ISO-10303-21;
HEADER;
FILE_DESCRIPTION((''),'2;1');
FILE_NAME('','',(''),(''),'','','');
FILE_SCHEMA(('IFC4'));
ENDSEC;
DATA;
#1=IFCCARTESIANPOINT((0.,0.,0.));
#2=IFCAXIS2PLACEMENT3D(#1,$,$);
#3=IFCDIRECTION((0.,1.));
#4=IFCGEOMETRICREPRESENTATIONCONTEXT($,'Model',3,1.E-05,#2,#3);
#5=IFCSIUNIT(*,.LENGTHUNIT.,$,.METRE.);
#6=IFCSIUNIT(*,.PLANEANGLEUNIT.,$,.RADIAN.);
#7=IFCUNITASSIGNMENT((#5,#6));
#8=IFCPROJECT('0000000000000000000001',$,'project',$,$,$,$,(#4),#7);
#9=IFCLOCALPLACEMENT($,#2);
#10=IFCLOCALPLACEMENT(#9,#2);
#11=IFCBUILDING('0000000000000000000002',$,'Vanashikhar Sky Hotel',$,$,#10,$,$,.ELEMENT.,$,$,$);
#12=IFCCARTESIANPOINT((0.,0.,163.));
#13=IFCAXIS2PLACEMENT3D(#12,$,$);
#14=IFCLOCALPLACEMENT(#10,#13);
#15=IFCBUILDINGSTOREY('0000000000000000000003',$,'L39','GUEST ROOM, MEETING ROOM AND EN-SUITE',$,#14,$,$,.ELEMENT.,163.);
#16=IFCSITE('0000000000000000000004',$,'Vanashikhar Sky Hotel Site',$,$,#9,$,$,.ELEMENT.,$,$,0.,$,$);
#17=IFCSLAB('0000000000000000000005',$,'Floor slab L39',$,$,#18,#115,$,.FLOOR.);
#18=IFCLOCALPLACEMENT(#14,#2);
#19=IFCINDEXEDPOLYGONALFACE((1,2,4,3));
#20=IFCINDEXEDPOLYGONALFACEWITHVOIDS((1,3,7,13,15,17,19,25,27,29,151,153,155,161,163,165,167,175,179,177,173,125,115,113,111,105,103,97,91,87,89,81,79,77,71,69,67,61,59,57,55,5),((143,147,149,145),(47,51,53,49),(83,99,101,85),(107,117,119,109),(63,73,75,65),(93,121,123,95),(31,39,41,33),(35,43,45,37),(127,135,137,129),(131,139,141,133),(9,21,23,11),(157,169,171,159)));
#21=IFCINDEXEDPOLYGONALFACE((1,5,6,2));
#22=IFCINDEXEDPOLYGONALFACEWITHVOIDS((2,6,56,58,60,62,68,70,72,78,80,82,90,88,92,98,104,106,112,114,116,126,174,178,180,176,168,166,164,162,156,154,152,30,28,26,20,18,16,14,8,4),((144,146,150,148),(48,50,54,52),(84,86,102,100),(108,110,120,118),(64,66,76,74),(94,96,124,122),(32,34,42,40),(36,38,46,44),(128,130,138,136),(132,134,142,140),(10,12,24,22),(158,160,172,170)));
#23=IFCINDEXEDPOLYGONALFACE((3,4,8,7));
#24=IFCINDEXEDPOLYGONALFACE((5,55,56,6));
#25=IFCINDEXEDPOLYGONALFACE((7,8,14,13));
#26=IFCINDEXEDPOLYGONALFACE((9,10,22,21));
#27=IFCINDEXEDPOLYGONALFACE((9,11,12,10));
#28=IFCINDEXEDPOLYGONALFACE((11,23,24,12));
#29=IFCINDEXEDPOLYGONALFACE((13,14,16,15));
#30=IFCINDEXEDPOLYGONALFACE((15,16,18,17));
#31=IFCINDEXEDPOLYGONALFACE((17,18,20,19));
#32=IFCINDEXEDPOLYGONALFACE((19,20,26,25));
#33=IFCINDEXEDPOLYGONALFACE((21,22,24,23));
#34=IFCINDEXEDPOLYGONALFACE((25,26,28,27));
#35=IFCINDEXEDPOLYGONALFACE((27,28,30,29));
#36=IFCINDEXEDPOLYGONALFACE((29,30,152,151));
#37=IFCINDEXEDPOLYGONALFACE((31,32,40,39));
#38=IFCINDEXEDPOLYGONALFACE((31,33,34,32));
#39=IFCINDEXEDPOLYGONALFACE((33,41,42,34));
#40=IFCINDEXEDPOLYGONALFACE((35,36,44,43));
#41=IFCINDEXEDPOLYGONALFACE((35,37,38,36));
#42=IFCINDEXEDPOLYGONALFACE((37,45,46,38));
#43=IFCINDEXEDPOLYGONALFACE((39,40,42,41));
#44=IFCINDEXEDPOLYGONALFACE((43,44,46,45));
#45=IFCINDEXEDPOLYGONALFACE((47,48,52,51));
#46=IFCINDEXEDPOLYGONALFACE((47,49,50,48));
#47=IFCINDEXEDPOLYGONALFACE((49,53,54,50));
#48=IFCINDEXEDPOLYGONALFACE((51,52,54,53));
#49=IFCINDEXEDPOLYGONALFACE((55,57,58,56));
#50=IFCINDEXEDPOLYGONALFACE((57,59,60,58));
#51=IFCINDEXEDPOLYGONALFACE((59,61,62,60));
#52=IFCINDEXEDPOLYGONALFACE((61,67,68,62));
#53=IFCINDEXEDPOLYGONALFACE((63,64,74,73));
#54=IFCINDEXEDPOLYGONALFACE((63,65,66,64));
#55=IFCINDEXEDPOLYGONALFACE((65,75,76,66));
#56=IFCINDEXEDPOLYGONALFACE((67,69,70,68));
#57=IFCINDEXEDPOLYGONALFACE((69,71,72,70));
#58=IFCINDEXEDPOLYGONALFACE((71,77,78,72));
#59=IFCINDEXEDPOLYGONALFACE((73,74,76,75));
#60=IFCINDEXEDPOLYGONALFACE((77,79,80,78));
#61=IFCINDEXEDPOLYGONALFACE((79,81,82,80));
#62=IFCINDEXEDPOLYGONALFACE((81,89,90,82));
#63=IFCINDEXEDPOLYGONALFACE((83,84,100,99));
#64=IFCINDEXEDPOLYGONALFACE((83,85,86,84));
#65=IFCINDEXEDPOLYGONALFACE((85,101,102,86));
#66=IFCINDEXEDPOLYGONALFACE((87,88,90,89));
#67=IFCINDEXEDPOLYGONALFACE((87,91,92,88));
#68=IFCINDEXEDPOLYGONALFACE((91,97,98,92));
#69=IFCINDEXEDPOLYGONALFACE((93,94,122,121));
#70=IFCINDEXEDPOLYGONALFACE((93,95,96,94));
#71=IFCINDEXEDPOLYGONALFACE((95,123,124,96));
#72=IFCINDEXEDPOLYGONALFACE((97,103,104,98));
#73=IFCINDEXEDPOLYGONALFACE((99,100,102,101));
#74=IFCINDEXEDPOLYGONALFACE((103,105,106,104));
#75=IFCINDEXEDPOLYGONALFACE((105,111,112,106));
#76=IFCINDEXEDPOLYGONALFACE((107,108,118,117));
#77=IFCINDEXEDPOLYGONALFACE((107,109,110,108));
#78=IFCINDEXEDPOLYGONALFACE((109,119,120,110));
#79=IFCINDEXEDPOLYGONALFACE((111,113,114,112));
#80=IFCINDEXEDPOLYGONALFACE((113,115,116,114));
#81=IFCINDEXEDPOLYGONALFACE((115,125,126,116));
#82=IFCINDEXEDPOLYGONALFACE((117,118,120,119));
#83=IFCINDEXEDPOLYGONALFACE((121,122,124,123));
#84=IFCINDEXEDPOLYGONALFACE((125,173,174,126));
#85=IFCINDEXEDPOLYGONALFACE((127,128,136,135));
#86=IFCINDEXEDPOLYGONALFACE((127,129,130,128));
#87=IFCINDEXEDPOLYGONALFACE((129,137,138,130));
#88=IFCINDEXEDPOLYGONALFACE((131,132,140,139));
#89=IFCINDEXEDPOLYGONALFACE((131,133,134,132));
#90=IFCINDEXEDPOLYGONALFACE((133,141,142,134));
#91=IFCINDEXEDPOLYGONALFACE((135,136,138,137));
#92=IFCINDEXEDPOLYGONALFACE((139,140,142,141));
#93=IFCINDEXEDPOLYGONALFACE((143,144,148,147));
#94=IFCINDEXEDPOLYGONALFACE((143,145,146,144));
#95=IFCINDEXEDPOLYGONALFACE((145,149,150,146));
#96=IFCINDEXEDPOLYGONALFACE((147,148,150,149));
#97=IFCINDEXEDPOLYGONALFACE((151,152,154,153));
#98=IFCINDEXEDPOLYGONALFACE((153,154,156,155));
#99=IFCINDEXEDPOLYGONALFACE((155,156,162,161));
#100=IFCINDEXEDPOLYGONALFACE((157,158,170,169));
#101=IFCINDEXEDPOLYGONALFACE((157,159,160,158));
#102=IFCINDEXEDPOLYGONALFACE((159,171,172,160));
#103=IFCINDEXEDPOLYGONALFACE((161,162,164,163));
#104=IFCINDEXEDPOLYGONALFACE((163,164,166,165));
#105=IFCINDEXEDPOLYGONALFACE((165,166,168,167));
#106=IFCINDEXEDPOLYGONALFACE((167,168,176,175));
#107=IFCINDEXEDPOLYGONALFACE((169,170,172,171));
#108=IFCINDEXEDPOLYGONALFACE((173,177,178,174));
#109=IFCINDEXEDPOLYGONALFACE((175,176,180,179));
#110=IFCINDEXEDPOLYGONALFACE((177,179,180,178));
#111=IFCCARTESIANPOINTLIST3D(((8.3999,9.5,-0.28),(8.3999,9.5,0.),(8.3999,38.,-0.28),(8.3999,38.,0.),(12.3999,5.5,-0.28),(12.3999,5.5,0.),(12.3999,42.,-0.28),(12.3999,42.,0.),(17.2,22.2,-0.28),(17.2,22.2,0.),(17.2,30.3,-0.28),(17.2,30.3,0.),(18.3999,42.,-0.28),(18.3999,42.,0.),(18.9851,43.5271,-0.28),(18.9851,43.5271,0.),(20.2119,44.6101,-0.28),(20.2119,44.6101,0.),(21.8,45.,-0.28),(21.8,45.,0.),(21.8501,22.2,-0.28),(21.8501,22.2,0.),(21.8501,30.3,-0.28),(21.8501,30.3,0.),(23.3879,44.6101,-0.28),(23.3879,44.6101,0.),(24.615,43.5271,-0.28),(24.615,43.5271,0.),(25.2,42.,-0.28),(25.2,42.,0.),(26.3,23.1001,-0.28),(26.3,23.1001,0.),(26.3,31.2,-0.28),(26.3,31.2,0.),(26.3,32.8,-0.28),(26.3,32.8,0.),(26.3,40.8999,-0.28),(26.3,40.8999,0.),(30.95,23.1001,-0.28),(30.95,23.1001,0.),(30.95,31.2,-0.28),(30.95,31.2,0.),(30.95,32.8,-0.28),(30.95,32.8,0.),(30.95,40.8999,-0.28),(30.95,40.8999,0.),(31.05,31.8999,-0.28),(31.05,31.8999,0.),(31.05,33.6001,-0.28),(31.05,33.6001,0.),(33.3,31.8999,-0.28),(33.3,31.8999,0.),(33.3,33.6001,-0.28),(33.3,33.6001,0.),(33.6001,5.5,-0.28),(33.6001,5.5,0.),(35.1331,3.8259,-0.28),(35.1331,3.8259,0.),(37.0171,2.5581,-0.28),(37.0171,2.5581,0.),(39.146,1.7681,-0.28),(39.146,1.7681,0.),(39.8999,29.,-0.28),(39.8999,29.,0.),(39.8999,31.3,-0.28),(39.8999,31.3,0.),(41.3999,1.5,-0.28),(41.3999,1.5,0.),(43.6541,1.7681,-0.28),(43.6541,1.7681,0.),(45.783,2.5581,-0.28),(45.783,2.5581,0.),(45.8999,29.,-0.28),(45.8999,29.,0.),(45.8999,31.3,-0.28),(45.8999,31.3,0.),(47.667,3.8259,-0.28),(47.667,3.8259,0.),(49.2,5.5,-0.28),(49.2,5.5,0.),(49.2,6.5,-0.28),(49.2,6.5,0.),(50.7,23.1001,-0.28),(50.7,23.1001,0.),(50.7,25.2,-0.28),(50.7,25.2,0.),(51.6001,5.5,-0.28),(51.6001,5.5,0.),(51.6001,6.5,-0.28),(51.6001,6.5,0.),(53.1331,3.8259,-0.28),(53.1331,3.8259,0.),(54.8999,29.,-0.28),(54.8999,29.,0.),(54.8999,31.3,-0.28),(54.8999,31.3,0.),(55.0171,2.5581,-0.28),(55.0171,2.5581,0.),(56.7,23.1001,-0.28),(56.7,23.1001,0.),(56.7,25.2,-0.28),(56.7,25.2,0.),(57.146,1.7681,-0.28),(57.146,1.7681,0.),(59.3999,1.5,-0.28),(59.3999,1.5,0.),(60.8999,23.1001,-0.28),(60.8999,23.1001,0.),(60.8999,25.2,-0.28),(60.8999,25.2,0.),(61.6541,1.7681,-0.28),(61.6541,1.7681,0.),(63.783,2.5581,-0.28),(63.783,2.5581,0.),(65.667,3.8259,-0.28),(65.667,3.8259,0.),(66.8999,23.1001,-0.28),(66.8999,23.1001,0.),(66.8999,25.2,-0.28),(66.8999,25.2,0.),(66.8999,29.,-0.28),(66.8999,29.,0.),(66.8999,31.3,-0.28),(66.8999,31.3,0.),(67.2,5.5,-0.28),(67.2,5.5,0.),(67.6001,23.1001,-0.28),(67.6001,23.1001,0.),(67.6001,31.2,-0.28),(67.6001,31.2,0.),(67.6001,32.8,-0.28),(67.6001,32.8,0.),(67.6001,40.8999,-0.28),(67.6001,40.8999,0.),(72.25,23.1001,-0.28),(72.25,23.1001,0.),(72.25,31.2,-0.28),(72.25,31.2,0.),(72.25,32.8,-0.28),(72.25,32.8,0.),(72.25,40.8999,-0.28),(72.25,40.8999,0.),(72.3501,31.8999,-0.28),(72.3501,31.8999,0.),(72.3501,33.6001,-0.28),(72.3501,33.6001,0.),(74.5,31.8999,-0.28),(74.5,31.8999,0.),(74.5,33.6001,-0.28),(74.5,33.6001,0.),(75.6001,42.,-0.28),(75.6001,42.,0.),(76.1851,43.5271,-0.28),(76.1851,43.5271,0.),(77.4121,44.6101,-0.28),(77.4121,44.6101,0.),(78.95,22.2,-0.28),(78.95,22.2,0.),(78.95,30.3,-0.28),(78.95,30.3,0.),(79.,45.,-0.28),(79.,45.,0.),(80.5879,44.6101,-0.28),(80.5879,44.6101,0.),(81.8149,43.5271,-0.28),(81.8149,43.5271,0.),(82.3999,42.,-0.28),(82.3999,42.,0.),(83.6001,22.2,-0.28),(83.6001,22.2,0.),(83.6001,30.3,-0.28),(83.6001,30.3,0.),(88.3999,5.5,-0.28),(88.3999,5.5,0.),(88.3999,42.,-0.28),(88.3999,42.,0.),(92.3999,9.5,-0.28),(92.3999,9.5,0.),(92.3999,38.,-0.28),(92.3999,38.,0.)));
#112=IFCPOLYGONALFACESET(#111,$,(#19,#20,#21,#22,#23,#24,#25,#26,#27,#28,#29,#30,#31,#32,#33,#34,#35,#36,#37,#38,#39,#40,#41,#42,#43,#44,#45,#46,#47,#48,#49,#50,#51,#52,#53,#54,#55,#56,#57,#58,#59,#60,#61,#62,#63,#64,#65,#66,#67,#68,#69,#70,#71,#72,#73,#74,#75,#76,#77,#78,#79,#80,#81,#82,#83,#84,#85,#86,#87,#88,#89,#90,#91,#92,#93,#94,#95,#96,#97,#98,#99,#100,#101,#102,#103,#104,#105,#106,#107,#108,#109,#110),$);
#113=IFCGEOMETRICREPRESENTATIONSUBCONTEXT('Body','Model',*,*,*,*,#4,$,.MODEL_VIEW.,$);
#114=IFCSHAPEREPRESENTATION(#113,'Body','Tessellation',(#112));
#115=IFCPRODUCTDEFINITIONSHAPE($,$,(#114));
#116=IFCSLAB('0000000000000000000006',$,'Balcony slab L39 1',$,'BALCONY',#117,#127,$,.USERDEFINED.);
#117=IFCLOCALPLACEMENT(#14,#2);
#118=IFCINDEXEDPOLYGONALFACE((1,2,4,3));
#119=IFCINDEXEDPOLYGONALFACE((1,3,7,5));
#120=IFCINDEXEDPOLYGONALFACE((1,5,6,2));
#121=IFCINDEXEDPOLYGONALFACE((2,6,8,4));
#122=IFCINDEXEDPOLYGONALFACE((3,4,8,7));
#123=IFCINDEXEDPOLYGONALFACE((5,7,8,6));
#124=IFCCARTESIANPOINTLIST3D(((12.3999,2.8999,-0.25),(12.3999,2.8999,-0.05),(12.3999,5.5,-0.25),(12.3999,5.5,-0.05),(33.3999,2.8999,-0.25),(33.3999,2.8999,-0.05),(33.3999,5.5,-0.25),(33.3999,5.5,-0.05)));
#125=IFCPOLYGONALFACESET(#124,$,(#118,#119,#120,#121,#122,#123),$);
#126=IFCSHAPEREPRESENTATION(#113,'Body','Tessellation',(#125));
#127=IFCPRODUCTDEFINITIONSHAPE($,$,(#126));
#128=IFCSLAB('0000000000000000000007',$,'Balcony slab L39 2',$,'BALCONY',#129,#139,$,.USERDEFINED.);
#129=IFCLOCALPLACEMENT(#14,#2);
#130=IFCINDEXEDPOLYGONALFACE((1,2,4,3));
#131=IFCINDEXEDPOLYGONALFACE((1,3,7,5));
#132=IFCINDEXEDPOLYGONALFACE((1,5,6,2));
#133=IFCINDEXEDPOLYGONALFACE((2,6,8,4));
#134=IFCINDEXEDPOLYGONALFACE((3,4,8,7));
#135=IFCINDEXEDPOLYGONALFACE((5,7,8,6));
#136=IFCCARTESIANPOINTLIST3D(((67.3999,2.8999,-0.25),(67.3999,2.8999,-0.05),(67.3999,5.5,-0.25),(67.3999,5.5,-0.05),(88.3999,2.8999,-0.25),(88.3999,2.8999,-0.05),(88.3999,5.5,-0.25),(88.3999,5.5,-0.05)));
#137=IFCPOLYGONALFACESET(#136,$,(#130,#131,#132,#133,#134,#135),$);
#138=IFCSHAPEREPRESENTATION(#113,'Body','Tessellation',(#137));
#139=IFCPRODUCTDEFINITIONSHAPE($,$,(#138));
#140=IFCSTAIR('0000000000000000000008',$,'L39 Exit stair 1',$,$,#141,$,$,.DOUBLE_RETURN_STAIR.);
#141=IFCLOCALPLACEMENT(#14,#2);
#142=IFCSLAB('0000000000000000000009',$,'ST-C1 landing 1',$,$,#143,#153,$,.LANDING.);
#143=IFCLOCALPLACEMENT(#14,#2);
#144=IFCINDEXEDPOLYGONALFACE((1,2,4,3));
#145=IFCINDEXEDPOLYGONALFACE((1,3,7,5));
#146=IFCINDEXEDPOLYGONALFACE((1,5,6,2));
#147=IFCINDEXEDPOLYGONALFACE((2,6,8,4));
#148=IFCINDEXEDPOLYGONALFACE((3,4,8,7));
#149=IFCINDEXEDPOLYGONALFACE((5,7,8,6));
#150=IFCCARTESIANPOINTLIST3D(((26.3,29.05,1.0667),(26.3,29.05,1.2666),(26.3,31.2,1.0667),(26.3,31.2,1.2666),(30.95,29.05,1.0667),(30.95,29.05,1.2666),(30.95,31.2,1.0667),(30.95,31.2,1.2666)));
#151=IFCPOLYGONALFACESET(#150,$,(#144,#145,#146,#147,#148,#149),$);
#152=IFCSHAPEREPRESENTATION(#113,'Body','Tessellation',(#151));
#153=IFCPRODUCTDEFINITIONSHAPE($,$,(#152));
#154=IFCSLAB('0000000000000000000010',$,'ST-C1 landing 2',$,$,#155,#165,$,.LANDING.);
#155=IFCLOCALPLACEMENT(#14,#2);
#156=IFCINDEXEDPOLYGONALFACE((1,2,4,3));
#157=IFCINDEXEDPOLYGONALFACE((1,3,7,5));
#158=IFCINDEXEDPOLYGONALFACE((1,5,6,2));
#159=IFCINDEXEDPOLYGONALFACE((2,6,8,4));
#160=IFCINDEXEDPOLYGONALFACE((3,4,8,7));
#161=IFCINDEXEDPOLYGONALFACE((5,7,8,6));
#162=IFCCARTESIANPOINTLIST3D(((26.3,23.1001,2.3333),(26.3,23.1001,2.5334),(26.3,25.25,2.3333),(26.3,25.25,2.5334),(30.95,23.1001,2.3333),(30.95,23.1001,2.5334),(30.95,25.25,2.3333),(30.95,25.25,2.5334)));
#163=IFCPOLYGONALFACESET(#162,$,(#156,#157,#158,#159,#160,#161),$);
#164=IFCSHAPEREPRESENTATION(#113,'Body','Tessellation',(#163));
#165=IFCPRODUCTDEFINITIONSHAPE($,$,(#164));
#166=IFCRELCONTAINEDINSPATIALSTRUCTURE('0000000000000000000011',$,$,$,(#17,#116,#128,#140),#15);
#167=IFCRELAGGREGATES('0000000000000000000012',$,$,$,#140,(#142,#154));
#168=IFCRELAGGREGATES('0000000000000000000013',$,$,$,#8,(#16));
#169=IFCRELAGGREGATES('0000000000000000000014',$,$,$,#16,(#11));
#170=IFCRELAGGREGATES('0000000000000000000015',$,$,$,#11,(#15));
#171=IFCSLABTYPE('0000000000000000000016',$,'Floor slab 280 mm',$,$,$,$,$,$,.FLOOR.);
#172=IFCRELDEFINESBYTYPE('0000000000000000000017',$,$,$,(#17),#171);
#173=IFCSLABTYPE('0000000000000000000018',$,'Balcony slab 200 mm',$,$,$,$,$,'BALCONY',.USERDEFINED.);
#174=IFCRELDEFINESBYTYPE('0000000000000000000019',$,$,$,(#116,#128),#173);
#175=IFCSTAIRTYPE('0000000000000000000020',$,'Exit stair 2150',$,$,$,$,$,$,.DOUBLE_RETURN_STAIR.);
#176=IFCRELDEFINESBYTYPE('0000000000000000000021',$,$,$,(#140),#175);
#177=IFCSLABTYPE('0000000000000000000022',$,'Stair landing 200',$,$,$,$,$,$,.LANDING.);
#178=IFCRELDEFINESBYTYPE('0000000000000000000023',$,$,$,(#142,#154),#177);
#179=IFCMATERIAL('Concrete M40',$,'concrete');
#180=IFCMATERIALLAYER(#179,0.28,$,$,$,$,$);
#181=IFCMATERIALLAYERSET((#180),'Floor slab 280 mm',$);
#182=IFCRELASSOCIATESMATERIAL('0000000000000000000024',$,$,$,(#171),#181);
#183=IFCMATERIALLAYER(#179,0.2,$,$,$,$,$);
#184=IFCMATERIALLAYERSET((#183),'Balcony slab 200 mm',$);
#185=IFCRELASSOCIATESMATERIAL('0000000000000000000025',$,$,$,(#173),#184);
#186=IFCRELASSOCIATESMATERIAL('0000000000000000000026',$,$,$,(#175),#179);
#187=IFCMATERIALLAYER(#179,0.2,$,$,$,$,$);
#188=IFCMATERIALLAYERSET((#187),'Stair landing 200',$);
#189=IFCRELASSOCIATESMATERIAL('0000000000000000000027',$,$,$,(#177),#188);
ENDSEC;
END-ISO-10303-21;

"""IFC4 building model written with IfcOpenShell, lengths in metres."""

from ifc_helpers import new_model, si_unit, direction, frame, origin, place, context, subcontext, project, spatial, polyline, outline, extrude, source, transform, mapped, material, layer, layer_set, type_object, element, aggregate, save


model = new_model("IFC4")

# Units and contexts
model_context = context("Model", 3, precision=1e-05, world=origin(), true_north=direction((0.0, 1.0)))
body_context = subcontext(model_context, "Body", "Model", "MODEL_VIEW")
ifc_project = project(units=[si_unit("LENGTHUNIT", "METRE"), si_unit("PLANEANGLEUNIT", "RADIAN")], contexts=[model_context])

# Site, building, storey
site_placement = place(None, origin())
site = spatial("IfcSite", under=ifc_project, at=site_placement, Name="Vanashikhar Sky Hotel Site", CompositionType="ELEMENT", RefElevation=0.0)
building_placement = place(site_placement, origin())
building = spatial("IfcBuilding", under=site, at=building_placement, Name="Vanashikhar Sky Hotel", CompositionType="ELEMENT")
storey_placement = place(building_placement, frame((0.0, 0.0, 163.0)))
storey = spatial("IfcBuildingStorey", under=building, at=storey_placement, Name="L39", Description="GUEST ROOM, MEETING ROOM AND EN-SUITE", CompositionType="ELEMENT", Elevation=163.0)

# Slabs
ifc_material = material(Name="Concrete M40", Category="concrete")
ifc_layer_1 = layer(ifc_material, 0.28)
ifc_layer_set_1 = layer_set([ifc_layer_1], Name="Floor slab 280 mm")
slab_type_1 = type_object("IfcSlabType", Name="Floor slab 280 mm", PredefinedType="FLOOR", material=ifc_layer_set_1)
shared_shape_1 = source(origin(), body_context, "Body", "SweptSolid", [
    extrude(outline(polyline([(49.2, 5.5), (49.2, 6.5), (51.6001, 6.5), (51.6001, 5.5), (53.1331, 3.8259), (55.0171, 2.5581), (57.146, 1.7681), (59.3999, 1.5), (61.6541, 1.7681), (63.783, 2.5581), (65.667, 3.8259), (67.2, 5.5), (88.3999, 5.5), (92.3999, 9.5), (92.3999, 38.0), (88.3999, 42.0), (82.3999, 42.0), (81.8149, 43.5271), (80.5879, 44.6101), (79.0, 45.0), (77.4121, 44.6101), (76.1851, 43.5271), (75.6001, 42.0), (25.2, 42.0), (24.615, 43.5271), (23.3879, 44.6101), (21.8, 45.0), (20.2119, 44.6101), (18.9851, 43.5271), (18.3999, 42.0), (12.3999, 42.0), (8.3999, 38.0), (8.3999, 9.5), (12.3999, 5.5), (33.6001, 5.5), (35.1331, 3.8259), (37.0171, 2.5581), (39.146, 1.7681), (41.3999, 1.5), (43.6541, 1.7681), (45.783, 2.5581), (47.667, 3.8259), (49.2, 5.5)]), holes=[polyline([(33.3, 33.6001), (31.05, 33.6001), (31.05, 31.8999), (33.3, 31.8999), (33.3, 33.6001)]), polyline([(39.8999, 31.3), (39.8999, 29.0), (45.8999, 29.0), (45.8999, 31.3), (39.8999, 31.3)]), polyline([(50.7, 25.2), (50.7, 23.1001), (56.7, 23.1001), (56.7, 25.2), (50.7, 25.2)]), polyline([(66.8999, 29.0), (66.8999, 31.3), (54.8999, 31.3), (54.8999, 29.0), (66.8999, 29.0)]), polyline([(60.8999, 25.2), (60.8999, 23.1001), (66.8999, 23.1001), (66.8999, 25.2), (60.8999, 25.2)]), polyline([(74.5, 33.6001), (72.3501, 33.6001), (72.3501, 31.8999), (74.5, 31.8999), (74.5, 33.6001)]), polyline([(30.95, 23.1001), (30.95, 31.2), (26.3, 31.2), (26.3, 23.1001), (30.95, 23.1001)]), polyline([(72.25, 23.1001), (72.25, 31.2), (67.6001, 31.2), (67.6001, 23.1001), (72.25, 23.1001)]), polyline([(30.95, 32.8), (30.95, 40.8999), (26.3, 40.8999), (26.3, 32.8), (30.95, 32.8)]), polyline([(72.25, 32.8), (72.25, 40.8999), (67.6001, 40.8999), (67.6001, 32.8), (72.25, 32.8)]), polyline([(83.6001, 22.2), (83.6001, 30.3), (78.95, 30.3), (78.95, 22.2), (83.6001, 22.2)]), polyline([(21.8501, 22.2), (21.8501, 30.3), (17.2, 30.3), (17.2, 22.2), (21.8501, 22.2)])]), origin(), (0.0, 0.0, 1.0), 0.28),
])
slab_1_placement = place(storey_placement, frame((0.0, 0.0, -0.28)))
element("IfcSlab", 1, at=slab_1_placement, inside=storey, type_object=slab_type_1, Name="Floor slab L39", PredefinedType="FLOOR", context=body_context, shape_type="MappedRepresentation", body=[
    mapped(shared_shape_1, transform((0.0, 0.0, 0.0), scale=1.0)),
])
ifc_layer_2 = layer(ifc_material, 0.2)
ifc_layer_set_2 = layer_set([ifc_layer_2], Name="Balcony slab 200 mm")
slab_type_2 = type_object("IfcSlabType", Name="Balcony slab 200 mm", ElementType="BALCONY", PredefinedType="USERDEFINED", material=ifc_layer_set_2)
shared_shape_2 = source(origin(), body_context, "Body", "SweptSolid", [
    extrude(outline(polyline([(12.3999, 2.8999), (33.3999, 2.8999), (33.3999, 5.5), (12.3999, 5.5), (12.3999, 2.8999)])), origin(), (0.0, 0.0, 1.0), 0.2),
])
slab_2_placement = place(storey_placement, frame((0.0, 0.0, -0.25)))
element("IfcSlab", 2, at=slab_2_placement, inside=storey, type_object=slab_type_2, Name="Balcony slab L39 1", ObjectType="BALCONY", PredefinedType="USERDEFINED", context=body_context, shape_type="MappedRepresentation", body=[
    mapped(shared_shape_2, transform((0.0, 0.0, 0.0), scale=1.0)),
])
shared_shape_3 = source(origin(), body_context, "Body", "SweptSolid", [
    extrude(outline(polyline([(67.3999, 2.8999), (88.3999, 2.8999), (88.3999, 5.5), (67.3999, 5.5), (67.3999, 2.8999)])), origin(), (0.0, 0.0, 1.0), 0.2),
])
slab_3_placement = place(storey_placement, frame((0.0, 0.0, -0.25)))
element("IfcSlab", 3, at=slab_3_placement, inside=storey, type_object=slab_type_2, Name="Balcony slab L39 2", ObjectType="BALCONY", PredefinedType="USERDEFINED", context=body_context, shape_type="MappedRepresentation", body=[
    mapped(shared_shape_3, transform((0.0, 0.0, 0.0), scale=1.0)),
])

# Stair, slabs
stair_type = type_object("IfcStairType", Name="Exit stair 2150", PredefinedType="DOUBLE_RETURN_STAIR", material=ifc_material)
stair_1_placement = place(storey_placement, origin())
stair_1 = element("IfcStair", 4, at=stair_1_placement, inside=storey, type_object=stair_type, Name="L39 Exit stair 1", PredefinedType="DOUBLE_RETURN_STAIR")
ifc_layer_3 = layer(ifc_material, 0.2)
ifc_layer_set_3 = layer_set([ifc_layer_3], Name="Stair landing 200")
slab_type_3 = type_object("IfcSlabType", Name="Stair landing 200", PredefinedType="LANDING", material=ifc_layer_set_3)
shared_shape_4 = source(origin(), body_context, "Body", "SweptSolid", [
    extrude(outline(polyline([(30.95, 29.05), (30.95, 31.2), (26.3, 31.2), (26.3, 29.05), (30.95, 29.05)])), origin(), (0.0, 0.0, 1.0), 0.2),
])
slab_4_placement = place(storey_placement, frame((0.0, 0.0, 1.0667)))
slab_4 = element("IfcSlab", 5, at=slab_4_placement, type_object=slab_type_3, Name="ST-C1 landing 1", PredefinedType="LANDING", context=body_context, shape_type="MappedRepresentation", body=[
    mapped(shared_shape_4, transform((0.0, 0.0, 0.0), scale=1.0)),
])
shared_shape_5 = source(origin(), body_context, "Body", "SweptSolid", [
    extrude(outline(polyline([(30.95, 23.1001), (30.95, 25.25), (26.3, 25.25), (26.3, 23.1001), (30.95, 23.1001)])), origin(), (0.0, 0.0, 1.0), 0.2002),
])
slab_5_placement = place(storey_placement, frame((0.0, 0.0, 2.3333)))
slab_5 = element("IfcSlab", 6, at=slab_5_placement, type_object=slab_type_3, Name="ST-C1 landing 2", PredefinedType="LANDING", context=body_context, shape_type="MappedRepresentation", body=[
    mapped(shared_shape_5, transform((0.0, 0.0, 0.0), scale=1.0)),
])
aggregate(stair_1, [slab_4, slab_5])

save(model, "model.ifc")
